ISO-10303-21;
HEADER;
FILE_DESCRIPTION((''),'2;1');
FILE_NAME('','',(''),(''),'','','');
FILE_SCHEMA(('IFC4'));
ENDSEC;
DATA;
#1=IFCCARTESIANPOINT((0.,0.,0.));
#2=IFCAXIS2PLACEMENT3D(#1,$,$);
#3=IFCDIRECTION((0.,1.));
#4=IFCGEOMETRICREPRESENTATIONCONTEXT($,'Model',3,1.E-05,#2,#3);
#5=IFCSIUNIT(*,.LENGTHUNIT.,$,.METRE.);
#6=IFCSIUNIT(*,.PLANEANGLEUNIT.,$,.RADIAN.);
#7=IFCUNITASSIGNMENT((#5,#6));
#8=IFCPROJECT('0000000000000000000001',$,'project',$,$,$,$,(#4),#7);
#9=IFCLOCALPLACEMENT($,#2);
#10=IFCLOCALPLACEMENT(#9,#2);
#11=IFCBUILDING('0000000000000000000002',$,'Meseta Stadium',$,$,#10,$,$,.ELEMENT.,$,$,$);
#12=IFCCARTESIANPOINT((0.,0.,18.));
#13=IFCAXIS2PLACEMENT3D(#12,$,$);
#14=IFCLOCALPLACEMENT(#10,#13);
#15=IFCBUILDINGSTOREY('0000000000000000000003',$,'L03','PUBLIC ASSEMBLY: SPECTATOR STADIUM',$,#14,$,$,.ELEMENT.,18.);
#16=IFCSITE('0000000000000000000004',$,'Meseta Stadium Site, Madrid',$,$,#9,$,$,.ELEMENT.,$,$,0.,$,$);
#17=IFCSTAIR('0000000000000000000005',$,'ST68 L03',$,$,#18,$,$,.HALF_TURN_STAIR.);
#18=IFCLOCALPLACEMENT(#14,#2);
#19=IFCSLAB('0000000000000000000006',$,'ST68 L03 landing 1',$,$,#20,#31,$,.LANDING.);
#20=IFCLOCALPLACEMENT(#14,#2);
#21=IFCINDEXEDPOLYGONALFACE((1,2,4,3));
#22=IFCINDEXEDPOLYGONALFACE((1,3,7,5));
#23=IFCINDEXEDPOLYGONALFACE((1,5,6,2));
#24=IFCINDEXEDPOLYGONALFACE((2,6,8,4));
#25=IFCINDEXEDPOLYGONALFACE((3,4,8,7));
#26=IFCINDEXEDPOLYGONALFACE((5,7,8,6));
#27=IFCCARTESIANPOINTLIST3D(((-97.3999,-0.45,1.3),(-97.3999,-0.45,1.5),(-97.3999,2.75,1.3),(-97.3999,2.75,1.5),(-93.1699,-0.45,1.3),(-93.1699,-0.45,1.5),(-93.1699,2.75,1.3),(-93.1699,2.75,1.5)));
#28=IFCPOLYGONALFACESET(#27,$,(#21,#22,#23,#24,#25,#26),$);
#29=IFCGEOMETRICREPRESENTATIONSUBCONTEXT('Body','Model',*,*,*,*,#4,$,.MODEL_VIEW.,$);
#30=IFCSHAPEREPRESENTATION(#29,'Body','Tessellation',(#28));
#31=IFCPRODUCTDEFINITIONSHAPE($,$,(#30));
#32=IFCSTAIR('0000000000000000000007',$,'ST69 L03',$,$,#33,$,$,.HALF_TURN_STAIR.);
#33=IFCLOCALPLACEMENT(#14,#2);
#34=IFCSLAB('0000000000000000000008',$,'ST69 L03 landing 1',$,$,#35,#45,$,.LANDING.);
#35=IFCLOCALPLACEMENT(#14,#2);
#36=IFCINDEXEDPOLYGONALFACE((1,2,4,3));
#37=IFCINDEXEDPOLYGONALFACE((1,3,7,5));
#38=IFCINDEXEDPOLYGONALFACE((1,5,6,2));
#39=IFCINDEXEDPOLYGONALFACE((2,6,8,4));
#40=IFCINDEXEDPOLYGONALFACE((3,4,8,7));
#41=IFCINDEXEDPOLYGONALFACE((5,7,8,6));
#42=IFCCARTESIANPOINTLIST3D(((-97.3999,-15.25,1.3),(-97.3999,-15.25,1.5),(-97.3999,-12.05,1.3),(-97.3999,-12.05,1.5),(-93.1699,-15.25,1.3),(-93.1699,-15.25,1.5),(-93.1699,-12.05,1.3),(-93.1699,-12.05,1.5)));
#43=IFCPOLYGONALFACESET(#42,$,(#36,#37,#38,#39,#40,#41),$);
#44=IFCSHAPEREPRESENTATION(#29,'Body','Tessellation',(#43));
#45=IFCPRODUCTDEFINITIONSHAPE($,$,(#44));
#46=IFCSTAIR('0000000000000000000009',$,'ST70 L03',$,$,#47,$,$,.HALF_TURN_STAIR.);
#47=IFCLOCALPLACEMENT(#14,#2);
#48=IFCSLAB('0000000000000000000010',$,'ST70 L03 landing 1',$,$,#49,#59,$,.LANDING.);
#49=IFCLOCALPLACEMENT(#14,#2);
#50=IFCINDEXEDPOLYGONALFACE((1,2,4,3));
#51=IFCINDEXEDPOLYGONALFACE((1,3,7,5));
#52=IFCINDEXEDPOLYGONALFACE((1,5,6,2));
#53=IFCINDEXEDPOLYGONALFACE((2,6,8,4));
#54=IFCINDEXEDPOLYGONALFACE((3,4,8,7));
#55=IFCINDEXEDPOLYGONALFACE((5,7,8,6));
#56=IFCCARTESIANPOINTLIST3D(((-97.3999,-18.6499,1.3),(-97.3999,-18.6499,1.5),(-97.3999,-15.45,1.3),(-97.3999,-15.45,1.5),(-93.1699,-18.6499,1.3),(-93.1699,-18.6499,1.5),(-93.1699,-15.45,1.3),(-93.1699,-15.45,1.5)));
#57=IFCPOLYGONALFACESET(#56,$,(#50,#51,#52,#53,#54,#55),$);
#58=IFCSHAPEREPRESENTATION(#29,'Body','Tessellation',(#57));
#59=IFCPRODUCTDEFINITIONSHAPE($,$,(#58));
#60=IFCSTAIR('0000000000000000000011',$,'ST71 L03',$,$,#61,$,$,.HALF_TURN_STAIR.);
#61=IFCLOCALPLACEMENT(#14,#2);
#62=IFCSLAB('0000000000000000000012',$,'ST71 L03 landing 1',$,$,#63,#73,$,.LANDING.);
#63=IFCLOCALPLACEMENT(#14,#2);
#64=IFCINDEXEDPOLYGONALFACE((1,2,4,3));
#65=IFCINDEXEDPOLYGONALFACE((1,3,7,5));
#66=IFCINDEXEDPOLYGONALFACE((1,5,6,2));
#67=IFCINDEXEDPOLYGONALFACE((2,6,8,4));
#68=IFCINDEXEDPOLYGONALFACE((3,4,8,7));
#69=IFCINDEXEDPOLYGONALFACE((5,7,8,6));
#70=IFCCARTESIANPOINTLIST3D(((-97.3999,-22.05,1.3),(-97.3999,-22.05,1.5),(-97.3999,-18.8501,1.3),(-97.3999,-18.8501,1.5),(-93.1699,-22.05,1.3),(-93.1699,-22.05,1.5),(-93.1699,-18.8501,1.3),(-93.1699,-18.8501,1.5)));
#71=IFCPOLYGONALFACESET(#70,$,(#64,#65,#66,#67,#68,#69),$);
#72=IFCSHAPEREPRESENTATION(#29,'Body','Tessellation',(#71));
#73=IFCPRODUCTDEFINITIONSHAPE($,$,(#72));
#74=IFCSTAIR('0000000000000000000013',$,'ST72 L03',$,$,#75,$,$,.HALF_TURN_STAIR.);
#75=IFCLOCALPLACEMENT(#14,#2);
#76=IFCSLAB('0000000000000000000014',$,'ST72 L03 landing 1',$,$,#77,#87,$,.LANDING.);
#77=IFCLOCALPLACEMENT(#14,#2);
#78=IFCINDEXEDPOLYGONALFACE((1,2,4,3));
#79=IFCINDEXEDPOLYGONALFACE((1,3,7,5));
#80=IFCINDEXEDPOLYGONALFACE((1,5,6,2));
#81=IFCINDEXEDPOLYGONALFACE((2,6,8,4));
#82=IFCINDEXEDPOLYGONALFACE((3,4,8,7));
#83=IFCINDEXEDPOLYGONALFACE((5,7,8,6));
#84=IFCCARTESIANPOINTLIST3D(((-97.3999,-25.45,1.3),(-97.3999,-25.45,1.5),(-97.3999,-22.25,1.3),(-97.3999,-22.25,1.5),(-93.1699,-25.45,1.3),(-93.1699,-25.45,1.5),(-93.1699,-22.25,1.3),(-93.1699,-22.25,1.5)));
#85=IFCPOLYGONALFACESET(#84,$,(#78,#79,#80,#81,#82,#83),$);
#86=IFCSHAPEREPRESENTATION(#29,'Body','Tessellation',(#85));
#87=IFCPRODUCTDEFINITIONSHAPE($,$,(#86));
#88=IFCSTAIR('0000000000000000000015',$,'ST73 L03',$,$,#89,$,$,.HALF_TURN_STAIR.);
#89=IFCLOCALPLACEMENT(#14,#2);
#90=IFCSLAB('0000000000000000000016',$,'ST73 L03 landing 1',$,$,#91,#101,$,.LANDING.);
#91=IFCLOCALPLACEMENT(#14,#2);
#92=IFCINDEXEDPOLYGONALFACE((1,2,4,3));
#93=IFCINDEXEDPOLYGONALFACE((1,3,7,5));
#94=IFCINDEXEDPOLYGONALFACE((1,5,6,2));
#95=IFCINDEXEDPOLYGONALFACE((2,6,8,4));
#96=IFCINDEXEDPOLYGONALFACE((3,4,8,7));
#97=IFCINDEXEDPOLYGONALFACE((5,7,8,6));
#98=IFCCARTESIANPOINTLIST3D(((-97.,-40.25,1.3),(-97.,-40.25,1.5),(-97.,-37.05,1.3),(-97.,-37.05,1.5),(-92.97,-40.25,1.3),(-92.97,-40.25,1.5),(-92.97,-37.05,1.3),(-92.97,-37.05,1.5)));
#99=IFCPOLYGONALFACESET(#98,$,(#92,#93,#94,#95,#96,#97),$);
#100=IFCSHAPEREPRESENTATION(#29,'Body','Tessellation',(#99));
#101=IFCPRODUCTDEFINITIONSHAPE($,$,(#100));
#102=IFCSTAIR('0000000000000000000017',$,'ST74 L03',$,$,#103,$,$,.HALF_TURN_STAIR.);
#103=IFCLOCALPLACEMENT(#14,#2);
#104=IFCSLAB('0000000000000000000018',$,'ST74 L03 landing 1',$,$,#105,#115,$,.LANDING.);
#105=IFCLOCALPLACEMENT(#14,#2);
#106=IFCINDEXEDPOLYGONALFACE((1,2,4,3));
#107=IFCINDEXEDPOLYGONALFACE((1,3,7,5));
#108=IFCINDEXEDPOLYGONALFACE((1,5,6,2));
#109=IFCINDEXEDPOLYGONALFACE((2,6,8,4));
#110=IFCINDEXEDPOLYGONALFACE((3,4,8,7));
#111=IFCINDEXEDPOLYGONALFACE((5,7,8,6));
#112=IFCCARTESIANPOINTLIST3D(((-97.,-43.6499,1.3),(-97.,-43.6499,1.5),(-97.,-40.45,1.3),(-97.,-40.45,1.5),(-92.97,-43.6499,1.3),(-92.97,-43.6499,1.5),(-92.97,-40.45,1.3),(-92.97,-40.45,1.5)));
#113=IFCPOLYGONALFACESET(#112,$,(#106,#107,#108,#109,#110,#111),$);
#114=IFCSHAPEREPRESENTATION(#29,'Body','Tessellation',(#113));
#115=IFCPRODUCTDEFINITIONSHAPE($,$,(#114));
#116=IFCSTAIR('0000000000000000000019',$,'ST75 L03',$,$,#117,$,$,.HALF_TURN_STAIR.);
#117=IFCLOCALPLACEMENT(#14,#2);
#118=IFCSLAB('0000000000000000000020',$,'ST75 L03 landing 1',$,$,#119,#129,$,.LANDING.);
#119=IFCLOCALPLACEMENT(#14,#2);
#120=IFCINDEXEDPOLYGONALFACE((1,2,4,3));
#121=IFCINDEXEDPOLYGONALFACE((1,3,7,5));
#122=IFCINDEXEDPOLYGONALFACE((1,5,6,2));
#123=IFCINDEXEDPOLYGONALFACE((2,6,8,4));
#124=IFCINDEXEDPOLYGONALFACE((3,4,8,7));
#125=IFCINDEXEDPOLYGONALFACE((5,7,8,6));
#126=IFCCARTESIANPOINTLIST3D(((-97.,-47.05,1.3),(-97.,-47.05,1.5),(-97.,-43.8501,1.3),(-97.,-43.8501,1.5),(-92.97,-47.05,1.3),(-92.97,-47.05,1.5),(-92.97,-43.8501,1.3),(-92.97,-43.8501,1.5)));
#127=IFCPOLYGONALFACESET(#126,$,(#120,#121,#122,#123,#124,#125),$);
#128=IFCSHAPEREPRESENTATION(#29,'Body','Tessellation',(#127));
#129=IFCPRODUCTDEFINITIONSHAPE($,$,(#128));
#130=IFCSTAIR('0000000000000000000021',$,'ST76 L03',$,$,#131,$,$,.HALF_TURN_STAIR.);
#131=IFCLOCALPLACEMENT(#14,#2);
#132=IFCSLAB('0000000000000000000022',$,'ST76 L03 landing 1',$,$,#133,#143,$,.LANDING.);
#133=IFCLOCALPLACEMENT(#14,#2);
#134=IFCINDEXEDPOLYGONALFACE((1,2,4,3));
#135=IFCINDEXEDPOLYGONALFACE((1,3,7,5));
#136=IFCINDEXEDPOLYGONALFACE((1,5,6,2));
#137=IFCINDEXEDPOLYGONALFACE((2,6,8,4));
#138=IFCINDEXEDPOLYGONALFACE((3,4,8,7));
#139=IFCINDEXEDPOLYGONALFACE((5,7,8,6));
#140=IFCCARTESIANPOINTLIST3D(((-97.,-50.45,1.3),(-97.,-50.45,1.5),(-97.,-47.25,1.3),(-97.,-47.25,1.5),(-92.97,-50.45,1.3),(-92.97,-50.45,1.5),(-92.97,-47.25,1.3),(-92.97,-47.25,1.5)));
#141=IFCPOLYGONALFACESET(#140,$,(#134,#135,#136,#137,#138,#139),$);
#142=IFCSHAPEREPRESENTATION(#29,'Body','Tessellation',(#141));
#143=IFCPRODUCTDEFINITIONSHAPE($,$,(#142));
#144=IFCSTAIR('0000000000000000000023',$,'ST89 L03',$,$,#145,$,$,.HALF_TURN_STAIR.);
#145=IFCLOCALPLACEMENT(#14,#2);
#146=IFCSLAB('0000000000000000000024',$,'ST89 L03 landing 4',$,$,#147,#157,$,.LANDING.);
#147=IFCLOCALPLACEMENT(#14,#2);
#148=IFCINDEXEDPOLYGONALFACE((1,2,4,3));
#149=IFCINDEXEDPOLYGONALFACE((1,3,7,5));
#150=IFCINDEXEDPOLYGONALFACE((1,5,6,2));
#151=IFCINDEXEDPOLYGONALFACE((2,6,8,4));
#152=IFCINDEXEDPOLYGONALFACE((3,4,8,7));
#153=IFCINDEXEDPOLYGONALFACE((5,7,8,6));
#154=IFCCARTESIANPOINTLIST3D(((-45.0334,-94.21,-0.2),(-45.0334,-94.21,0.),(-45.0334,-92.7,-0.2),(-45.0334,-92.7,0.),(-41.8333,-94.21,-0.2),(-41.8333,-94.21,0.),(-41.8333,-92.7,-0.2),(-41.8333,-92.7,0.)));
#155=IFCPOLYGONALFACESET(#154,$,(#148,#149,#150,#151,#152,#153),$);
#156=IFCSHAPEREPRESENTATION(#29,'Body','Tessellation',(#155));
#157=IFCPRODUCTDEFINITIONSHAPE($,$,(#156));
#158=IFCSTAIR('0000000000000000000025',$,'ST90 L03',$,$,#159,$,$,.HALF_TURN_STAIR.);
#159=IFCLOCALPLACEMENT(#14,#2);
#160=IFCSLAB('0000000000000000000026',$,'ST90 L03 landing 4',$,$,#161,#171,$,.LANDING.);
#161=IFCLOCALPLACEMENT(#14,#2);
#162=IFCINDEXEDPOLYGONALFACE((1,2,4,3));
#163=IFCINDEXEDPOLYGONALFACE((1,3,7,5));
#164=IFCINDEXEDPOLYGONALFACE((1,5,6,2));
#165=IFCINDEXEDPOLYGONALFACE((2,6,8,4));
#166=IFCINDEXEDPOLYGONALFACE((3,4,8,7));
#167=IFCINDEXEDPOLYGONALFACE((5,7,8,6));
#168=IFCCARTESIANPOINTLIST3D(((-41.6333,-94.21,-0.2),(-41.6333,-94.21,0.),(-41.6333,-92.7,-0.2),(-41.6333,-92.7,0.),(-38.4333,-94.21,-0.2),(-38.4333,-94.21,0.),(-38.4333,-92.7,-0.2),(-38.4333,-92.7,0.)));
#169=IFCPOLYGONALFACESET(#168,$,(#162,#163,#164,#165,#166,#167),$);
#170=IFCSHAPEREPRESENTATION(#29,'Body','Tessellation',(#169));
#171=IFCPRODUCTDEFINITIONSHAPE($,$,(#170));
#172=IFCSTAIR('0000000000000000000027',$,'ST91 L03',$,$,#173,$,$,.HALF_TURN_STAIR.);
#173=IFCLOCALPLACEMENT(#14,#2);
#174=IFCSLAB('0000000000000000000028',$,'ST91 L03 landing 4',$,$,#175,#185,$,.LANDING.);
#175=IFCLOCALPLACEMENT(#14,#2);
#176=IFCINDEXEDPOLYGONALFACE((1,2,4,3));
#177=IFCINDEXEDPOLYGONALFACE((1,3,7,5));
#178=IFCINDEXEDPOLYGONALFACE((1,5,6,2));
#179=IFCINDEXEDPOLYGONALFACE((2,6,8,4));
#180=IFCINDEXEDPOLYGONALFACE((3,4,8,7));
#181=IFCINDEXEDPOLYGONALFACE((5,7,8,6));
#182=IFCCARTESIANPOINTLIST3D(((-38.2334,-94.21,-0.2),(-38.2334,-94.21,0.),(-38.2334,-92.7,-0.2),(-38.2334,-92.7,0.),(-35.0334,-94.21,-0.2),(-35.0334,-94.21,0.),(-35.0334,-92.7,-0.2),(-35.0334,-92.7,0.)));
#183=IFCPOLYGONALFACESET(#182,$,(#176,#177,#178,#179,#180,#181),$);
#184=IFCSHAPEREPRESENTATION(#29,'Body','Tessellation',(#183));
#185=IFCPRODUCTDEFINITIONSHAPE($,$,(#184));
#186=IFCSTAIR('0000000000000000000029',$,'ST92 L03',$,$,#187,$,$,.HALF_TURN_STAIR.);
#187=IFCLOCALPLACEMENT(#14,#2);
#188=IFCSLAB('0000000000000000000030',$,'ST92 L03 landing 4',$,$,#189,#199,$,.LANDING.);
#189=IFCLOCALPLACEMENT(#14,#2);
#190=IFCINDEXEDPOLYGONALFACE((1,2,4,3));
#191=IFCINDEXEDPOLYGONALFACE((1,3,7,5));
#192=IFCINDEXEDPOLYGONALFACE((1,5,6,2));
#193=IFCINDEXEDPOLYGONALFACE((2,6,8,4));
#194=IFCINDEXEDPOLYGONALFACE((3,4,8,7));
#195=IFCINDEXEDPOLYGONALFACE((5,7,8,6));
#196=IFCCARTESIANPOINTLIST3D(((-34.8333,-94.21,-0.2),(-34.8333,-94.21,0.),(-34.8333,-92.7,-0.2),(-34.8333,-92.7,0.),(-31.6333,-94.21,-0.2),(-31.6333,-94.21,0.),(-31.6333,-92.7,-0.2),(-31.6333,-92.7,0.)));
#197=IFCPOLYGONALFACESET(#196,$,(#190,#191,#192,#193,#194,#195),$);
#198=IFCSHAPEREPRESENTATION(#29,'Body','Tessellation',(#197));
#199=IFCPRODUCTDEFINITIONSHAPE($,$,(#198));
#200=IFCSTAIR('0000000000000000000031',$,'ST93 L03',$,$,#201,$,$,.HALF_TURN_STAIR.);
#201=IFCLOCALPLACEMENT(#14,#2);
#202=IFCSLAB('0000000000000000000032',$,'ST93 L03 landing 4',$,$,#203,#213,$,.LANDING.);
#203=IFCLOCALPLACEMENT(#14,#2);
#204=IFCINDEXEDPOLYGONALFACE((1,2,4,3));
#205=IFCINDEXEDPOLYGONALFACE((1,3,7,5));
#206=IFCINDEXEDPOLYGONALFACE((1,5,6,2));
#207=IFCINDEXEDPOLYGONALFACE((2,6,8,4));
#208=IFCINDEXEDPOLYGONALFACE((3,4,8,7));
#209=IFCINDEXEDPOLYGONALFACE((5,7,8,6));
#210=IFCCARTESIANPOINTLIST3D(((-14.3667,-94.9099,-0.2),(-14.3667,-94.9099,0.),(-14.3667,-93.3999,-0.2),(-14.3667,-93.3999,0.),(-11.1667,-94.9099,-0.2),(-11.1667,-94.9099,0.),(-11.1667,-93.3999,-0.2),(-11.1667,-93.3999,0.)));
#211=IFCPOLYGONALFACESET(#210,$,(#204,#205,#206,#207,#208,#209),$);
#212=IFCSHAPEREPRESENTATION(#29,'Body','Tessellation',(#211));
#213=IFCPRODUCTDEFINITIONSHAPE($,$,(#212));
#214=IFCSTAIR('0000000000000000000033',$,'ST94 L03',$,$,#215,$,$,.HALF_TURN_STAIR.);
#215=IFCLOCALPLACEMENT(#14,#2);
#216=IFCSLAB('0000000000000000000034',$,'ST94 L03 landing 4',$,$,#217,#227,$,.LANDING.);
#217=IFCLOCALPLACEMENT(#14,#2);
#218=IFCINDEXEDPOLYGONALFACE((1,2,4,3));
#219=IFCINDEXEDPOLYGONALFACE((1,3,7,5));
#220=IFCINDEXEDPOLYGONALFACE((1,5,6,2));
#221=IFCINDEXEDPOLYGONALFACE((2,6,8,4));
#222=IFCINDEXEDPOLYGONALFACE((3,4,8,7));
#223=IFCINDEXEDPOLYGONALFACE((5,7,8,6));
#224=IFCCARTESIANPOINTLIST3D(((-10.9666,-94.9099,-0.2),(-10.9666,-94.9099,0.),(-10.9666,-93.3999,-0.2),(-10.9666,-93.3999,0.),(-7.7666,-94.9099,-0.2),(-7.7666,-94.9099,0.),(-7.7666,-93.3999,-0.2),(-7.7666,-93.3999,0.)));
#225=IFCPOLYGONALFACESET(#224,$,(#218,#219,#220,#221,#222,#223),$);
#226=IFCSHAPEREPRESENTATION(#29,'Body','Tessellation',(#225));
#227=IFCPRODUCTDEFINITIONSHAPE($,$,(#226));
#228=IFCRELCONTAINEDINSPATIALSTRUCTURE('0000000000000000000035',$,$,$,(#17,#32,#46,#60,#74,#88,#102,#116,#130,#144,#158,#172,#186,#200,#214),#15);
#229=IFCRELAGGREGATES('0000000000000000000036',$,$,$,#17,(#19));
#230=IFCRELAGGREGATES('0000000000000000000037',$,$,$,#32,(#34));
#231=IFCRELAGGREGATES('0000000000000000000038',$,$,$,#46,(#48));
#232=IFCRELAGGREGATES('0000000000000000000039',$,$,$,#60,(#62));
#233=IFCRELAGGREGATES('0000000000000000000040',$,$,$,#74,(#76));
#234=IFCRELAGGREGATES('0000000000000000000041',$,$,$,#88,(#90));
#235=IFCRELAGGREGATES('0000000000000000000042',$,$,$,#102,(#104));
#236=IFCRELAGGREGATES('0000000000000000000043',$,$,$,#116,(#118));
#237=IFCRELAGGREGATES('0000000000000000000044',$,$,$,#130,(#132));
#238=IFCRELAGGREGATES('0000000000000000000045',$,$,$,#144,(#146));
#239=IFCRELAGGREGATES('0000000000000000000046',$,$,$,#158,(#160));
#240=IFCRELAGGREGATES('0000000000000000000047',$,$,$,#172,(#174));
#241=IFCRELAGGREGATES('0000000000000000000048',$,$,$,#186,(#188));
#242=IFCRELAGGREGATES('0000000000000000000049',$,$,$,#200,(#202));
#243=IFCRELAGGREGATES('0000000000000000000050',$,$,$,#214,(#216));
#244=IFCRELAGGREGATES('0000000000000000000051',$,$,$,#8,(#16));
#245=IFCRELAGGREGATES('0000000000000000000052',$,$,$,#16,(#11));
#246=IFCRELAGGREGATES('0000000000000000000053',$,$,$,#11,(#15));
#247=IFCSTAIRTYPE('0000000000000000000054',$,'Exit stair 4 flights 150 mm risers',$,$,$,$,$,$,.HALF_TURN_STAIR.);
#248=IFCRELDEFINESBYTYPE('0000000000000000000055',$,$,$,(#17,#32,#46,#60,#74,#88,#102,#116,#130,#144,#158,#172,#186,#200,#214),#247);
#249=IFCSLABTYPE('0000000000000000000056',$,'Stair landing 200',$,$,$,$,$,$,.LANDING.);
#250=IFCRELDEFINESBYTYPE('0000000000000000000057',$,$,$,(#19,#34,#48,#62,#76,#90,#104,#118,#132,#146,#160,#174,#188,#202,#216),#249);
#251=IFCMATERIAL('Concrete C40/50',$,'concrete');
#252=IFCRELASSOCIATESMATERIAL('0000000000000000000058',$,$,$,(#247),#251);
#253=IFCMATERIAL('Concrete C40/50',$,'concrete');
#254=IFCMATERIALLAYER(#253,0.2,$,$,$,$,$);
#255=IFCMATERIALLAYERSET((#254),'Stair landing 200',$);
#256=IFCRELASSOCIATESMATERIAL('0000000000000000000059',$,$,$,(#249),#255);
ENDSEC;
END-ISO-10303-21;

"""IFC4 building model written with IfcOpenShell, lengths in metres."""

from ifc_helpers import new_model, si_unit, direction, frame, origin, place, context, subcontext, project, spatial, polyline, outline, extrude, material, layer, layer_set, type_object, element, aggregate, save


model = new_model("IFC4")

# Units and contexts
model_context = context("Model", 3, precision=1e-05, world=origin(), true_north=direction((0.0, 1.0)))
body_context = subcontext(model_context, "Body", "Model", "MODEL_VIEW")
ifc_project = project(units=[si_unit("LENGTHUNIT", "METRE"), si_unit("PLANEANGLEUNIT", "RADIAN")], contexts=[model_context])

# Site, building, storey
site_placement = place(None, origin())
site = spatial("IfcSite", under=ifc_project, at=site_placement, Name="Meseta Stadium Site, Madrid", CompositionType="ELEMENT", RefElevation=0.0)
building_placement = place(site_placement, origin())
building = spatial("IfcBuilding", under=site, at=building_placement, Name="Meseta Stadium", CompositionType="ELEMENT")
storey_placement = place(building_placement, frame((0.0, 0.0, 18.0)))
storey = spatial("IfcBuildingStorey", under=building, at=storey_placement, Name="L03", Description="PUBLIC ASSEMBLY: SPECTATOR STADIUM", CompositionType="ELEMENT", Elevation=18.0)

# Stairs, slabs
ifc_material_1 = material(Name="Concrete C40/50", Category="concrete")
stair_type = type_object("IfcStairType", Name="Exit stair 4 flights 150 mm risers", PredefinedType="HALF_TURN_STAIR", material=ifc_material_1)
stair_1_placement = place(storey_placement, origin())
stair_1 = element("IfcStair", 1, at=stair_1_placement, inside=storey, type_object=stair_type, Name="ST68 L03", PredefinedType="HALF_TURN_STAIR")
ifc_material_2 = material(Name="Concrete C40/50", Category="concrete")
ifc_layer = layer(ifc_material_2, 0.2)
ifc_layer_set = layer_set([ifc_layer], Name="Stair landing 200")
slab_type = type_object("IfcSlabType", Name="Stair landing 200", PredefinedType="LANDING", material=ifc_layer_set)
slab_1_placement = place(storey_placement, frame((0.0, 0.0, 1.3)))
slab_1 = element("IfcSlab", 2, at=slab_1_placement, type_object=slab_type, Name="ST68 L03 landing 1", PredefinedType="LANDING", context=body_context, shape_type="SweptSolid", body=[
    extrude(outline(polyline([(-93.1699, 2.75), (-97.3999, 2.75), (-97.3999, -0.45), (-93.1699, -0.45), (-93.1699, 2.75)])), origin(), (0.0, 0.0, 1.0), 0.2),
])
aggregate(stair_1, [slab_1])
stair_2_placement = place(storey_placement, origin())
stair_2 = element("IfcStair", 3, at=stair_2_placement, inside=storey, type_object=stair_type, Name="ST69 L03", PredefinedType="HALF_TURN_STAIR")
slab_2_placement = place(storey_placement, frame((0.0, 0.0, 1.3)))
slab_2 = element("IfcSlab", 4, at=slab_2_placement, type_object=slab_type, Name="ST69 L03 landing 1", PredefinedType="LANDING", context=body_context, shape_type="SweptSolid", body=[
    extrude(outline(polyline([(-93.1699, -12.05), (-97.3999, -12.05), (-97.3999, -15.25), (-93.1699, -15.25), (-93.1699, -12.05)])), origin(), (0.0, 0.0, 1.0), 0.2),
])
aggregate(stair_2, [slab_2])
stair_3_placement = place(storey_placement, origin())
stair_3 = element("IfcStair", 5, at=stair_3_placement, inside=storey, type_object=stair_type, Name="ST70 L03", PredefinedType="HALF_TURN_STAIR")
slab_3_placement = place(storey_placement, frame((0.0, 0.0, 1.3)))
slab_3 = element("IfcSlab", 6, at=slab_3_placement, type_object=slab_type, Name="ST70 L03 landing 1", PredefinedType="LANDING", context=body_context, shape_type="SweptSolid", body=[
    extrude(outline(polyline([(-93.1699, -15.45), (-97.3999, -15.45), (-97.3999, -18.6499), (-93.1699, -18.6499), (-93.1699, -15.45)])), origin(), (0.0, 0.0, 1.0), 0.2),
])
aggregate(stair_3, [slab_3])
stair_4_placement = place(storey_placement, origin())
stair_4 = element("IfcStair", 7, at=stair_4_placement, inside=storey, type_object=stair_type, Name="ST71 L03", PredefinedType="HALF_TURN_STAIR")
slab_4_placement = place(storey_placement, frame((0.0, 0.0, 1.3)))
slab_4 = element("IfcSlab", 8, at=slab_4_placement, type_object=slab_type, Name="ST71 L03 landing 1", PredefinedType="LANDING", context=body_context, shape_type="SweptSolid", body=[
    extrude(outline(polyline([(-93.1699, -18.8501), (-97.3999, -18.8501), (-97.3999, -22.05), (-93.1699, -22.05), (-93.1699, -18.8501)])), origin(), (0.0, 0.0, 1.0), 0.2),
])
aggregate(stair_4, [slab_4])
stair_5_placement = place(storey_placement, origin())
stair_5 = element("IfcStair", 9, at=stair_5_placement, inside=storey, type_object=stair_type, Name="ST72 L03", PredefinedType="HALF_TURN_STAIR")
slab_5_placement = place(storey_placement, frame((0.0, 0.0, 1.3)))
slab_5 = element("IfcSlab", 10, at=slab_5_placement, type_object=slab_type, Name="ST72 L03 landing 1", PredefinedType="LANDING", context=body_context, shape_type="SweptSolid", body=[
    extrude(outline(polyline([(-93.1699, -22.25), (-97.3999, -22.25), (-97.3999, -25.45), (-93.1699, -25.45), (-93.1699, -22.25)])), origin(), (0.0, 0.0, 1.0), 0.2),
])
aggregate(stair_5, [slab_5])
stair_6_placement = place(storey_placement, origin())
stair_6 = element("IfcStair", 11, at=stair_6_placement, inside=storey, type_object=stair_type, Name="ST73 L03", PredefinedType="HALF_TURN_STAIR")
slab_6_placement = place(storey_placement, frame((0.0, 0.0, 1.3)))
slab_6 = element("IfcSlab", 12, at=slab_6_placement, type_object=slab_type, Name="ST73 L03 landing 1", PredefinedType="LANDING", context=body_context, shape_type="SweptSolid", body=[
    extrude(outline(polyline([(-92.97, -37.05), (-97.0, -37.05), (-97.0, -40.25), (-92.97, -40.25), (-92.97, -37.05)])), origin(), (0.0, 0.0, 1.0), 0.2),
])
aggregate(stair_6, [slab_6])
stair_7_placement = place(storey_placement, origin())
stair_7 = element("IfcStair", 13, at=stair_7_placement, inside=storey, type_object=stair_type, Name="ST74 L03", PredefinedType="HALF_TURN_STAIR")
slab_7_placement = place(storey_placement, frame((0.0, 0.0, 1.3)))
slab_7 = element("IfcSlab", 14, at=slab_7_placement, type_object=slab_type, Name="ST74 L03 landing 1", PredefinedType="LANDING", context=body_context, shape_type="SweptSolid", body=[
    extrude(outline(polyline([(-92.97, -40.45), (-97.0, -40.45), (-97.0, -43.6499), (-92.97, -43.6499), (-92.97, -40.45)])), origin(), (0.0, 0.0, 1.0), 0.2),
])
aggregate(stair_7, [slab_7])
stair_8_placement = place(storey_placement, origin())
stair_8 = element("IfcStair", 15, at=stair_8_placement, inside=storey, type_object=stair_type, Name="ST75 L03", PredefinedType="HALF_TURN_STAIR")
slab_8_placement = place(storey_placement, frame((0.0, 0.0, 1.3)))
slab_8 = element("IfcSlab", 16, at=slab_8_placement, type_object=slab_type, Name="ST75 L03 landing 1", PredefinedType="LANDING", context=body_context, shape_type="SweptSolid", body=[
    extrude(outline(polyline([(-92.97, -43.8501), (-97.0, -43.8501), (-97.0, -47.05), (-92.97, -47.05), (-92.97, -43.8501)])), origin(), (0.0, 0.0, 1.0), 0.2),
])
aggregate(stair_8, [slab_8])
stair_9_placement = place(storey_placement, origin())
stair_9 = element("IfcStair", 17, at=stair_9_placement, inside=storey, type_object=stair_type, Name="ST76 L03", PredefinedType="HALF_TURN_STAIR")
slab_9_placement = place(storey_placement, frame((0.0, 0.0, 1.3)))
slab_9 = element("IfcSlab", 18, at=slab_9_placement, type_object=slab_type, Name="ST76 L03 landing 1", PredefinedType="LANDING", context=body_context, shape_type="SweptSolid", body=[
    extrude(outline(polyline([(-92.97, -47.25), (-97.0, -47.25), (-97.0, -50.45), (-92.97, -50.45), (-92.97, -47.25)])), origin(), (0.0, 0.0, 1.0), 0.2),
])
aggregate(stair_9, [slab_9])
stair_10_placement = place(storey_placement, origin())
stair_10 = element("IfcStair", 19, at=stair_10_placement, inside=storey, type_object=stair_type, Name="ST89 L03", PredefinedType="HALF_TURN_STAIR")
slab_10_placement = place(storey_placement, frame((0.0, 0.0, -0.2)))
slab_10 = element("IfcSlab", 20, at=slab_10_placement, type_object=slab_type, Name="ST89 L03 landing 4", PredefinedType="LANDING", context=body_context, shape_type="SweptSolid", body=[
    extrude(outline(polyline([(-45.0334, -92.7), (-45.0334, -94.21), (-41.8333, -94.21), (-41.8333, -92.7), (-45.0334, -92.7)])), origin(), (0.0, 0.0, 1.0), 0.2),
])
aggregate(stair_10, [slab_10])
stair_11_placement = place(storey_placement, origin())
stair_11 = element("IfcStair", 21, at=stair_11_placement, inside=storey, type_object=stair_type, Name="ST90 L03", PredefinedType="HALF_TURN_STAIR")
slab_11_placement = place(storey_placement, frame((0.0, 0.0, -0.2)))
slab_11 = element("IfcSlab", 22, at=slab_11_placement, type_object=slab_type, Name="ST90 L03 landing 4", PredefinedType="LANDING", context=body_context, shape_type="SweptSolid", body=[
    extrude(outline(polyline([(-41.6333, -92.7), (-41.6333, -94.21), (-38.4333, -94.21), (-38.4333, -92.7), (-41.6333, -92.7)])), origin(), (0.0, 0.0, 1.0), 0.2),
])
aggregate(stair_11, [slab_11])
stair_12_placement = place(storey_placement, origin())
stair_12 = element("IfcStair", 23, at=stair_12_placement, inside=storey, type_object=stair_type, Name="ST91 L03", PredefinedType="HALF_TURN_STAIR")
slab_12_placement = place(storey_placement, frame((0.0, 0.0, -0.2)))
slab_12 = element("IfcSlab", 24, at=slab_12_placement, type_object=slab_type, Name="ST91 L03 landing 4", PredefinedType="LANDING", context=body_context, shape_type="SweptSolid", body=[
    extrude(outline(polyline([(-38.2334, -92.7), (-38.2334, -94.21), (-35.0334, -94.21), (-35.0334, -92.7), (-38.2334, -92.7)])), origin(), (0.0, 0.0, 1.0), 0.2),
])
aggregate(stair_12, [slab_12])
stair_13_placement = place(storey_placement, origin())
stair_13 = element("IfcStair", 25, at=stair_13_placement, inside=storey, type_object=stair_type, Name="ST92 L03", PredefinedType="HALF_TURN_STAIR")
slab_13_placement = place(storey_placement, frame((0.0, 0.0, -0.2)))
slab_13 = element("IfcSlab", 26, at=slab_13_placement, type_object=slab_type, Name="ST92 L03 landing 4", PredefinedType="LANDING", context=body_context, shape_type="SweptSolid", body=[
    extrude(outline(polyline([(-34.8333, -92.7), (-34.8333, -94.21), (-31.6333, -94.21), (-31.6333, -92.7), (-34.8333, -92.7)])), origin(), (0.0, 0.0, 1.0), 0.2),
])
aggregate(stair_13, [slab_13])
stair_14_placement = place(storey_placement, origin())
stair_14 = element("IfcStair", 27, at=stair_14_placement, inside=storey, type_object=stair_type, Name="ST93 L03", PredefinedType="HALF_TURN_STAIR")
slab_14_placement = place(storey_placement, frame((0.0, 0.0, -0.2)))
slab_14 = element("IfcSlab", 28, at=slab_14_placement, type_object=slab_type, Name="ST93 L03 landing 4", PredefinedType="LANDING", context=body_context, shape_type="SweptSolid", body=[
    extrude(outline(polyline([(-14.3667, -93.3999), (-14.3667, -94.9099), (-11.1667, -94.9099), (-11.1667, -93.3999), (-14.3667, -93.3999)])), origin(), (0.0, 0.0, 1.0), 0.2),
])
aggregate(stair_14, [slab_14])
stair_15_placement = place(storey_placement, origin())
stair_15 = element("IfcStair", 29, at=stair_15_placement, inside=storey, type_object=stair_type, Name="ST94 L03", PredefinedType="HALF_TURN_STAIR")
slab_15_placement = place(storey_placement, frame((0.0, 0.0, -0.2)))
slab_15 = element("IfcSlab", 30, at=slab_15_placement, type_object=slab_type, Name="ST94 L03 landing 4", PredefinedType="LANDING", context=body_context, shape_type="SweptSolid", body=[
    extrude(outline(polyline([(-10.9666, -93.3999), (-10.9666, -94.9099), (-7.7666, -94.9099), (-7.7666, -93.3999), (-10.9666, -93.3999)])), origin(), (0.0, 0.0, 1.0), 0.2),
])
aggregate(stair_15, [slab_15])

save(model, "model.ifc")
